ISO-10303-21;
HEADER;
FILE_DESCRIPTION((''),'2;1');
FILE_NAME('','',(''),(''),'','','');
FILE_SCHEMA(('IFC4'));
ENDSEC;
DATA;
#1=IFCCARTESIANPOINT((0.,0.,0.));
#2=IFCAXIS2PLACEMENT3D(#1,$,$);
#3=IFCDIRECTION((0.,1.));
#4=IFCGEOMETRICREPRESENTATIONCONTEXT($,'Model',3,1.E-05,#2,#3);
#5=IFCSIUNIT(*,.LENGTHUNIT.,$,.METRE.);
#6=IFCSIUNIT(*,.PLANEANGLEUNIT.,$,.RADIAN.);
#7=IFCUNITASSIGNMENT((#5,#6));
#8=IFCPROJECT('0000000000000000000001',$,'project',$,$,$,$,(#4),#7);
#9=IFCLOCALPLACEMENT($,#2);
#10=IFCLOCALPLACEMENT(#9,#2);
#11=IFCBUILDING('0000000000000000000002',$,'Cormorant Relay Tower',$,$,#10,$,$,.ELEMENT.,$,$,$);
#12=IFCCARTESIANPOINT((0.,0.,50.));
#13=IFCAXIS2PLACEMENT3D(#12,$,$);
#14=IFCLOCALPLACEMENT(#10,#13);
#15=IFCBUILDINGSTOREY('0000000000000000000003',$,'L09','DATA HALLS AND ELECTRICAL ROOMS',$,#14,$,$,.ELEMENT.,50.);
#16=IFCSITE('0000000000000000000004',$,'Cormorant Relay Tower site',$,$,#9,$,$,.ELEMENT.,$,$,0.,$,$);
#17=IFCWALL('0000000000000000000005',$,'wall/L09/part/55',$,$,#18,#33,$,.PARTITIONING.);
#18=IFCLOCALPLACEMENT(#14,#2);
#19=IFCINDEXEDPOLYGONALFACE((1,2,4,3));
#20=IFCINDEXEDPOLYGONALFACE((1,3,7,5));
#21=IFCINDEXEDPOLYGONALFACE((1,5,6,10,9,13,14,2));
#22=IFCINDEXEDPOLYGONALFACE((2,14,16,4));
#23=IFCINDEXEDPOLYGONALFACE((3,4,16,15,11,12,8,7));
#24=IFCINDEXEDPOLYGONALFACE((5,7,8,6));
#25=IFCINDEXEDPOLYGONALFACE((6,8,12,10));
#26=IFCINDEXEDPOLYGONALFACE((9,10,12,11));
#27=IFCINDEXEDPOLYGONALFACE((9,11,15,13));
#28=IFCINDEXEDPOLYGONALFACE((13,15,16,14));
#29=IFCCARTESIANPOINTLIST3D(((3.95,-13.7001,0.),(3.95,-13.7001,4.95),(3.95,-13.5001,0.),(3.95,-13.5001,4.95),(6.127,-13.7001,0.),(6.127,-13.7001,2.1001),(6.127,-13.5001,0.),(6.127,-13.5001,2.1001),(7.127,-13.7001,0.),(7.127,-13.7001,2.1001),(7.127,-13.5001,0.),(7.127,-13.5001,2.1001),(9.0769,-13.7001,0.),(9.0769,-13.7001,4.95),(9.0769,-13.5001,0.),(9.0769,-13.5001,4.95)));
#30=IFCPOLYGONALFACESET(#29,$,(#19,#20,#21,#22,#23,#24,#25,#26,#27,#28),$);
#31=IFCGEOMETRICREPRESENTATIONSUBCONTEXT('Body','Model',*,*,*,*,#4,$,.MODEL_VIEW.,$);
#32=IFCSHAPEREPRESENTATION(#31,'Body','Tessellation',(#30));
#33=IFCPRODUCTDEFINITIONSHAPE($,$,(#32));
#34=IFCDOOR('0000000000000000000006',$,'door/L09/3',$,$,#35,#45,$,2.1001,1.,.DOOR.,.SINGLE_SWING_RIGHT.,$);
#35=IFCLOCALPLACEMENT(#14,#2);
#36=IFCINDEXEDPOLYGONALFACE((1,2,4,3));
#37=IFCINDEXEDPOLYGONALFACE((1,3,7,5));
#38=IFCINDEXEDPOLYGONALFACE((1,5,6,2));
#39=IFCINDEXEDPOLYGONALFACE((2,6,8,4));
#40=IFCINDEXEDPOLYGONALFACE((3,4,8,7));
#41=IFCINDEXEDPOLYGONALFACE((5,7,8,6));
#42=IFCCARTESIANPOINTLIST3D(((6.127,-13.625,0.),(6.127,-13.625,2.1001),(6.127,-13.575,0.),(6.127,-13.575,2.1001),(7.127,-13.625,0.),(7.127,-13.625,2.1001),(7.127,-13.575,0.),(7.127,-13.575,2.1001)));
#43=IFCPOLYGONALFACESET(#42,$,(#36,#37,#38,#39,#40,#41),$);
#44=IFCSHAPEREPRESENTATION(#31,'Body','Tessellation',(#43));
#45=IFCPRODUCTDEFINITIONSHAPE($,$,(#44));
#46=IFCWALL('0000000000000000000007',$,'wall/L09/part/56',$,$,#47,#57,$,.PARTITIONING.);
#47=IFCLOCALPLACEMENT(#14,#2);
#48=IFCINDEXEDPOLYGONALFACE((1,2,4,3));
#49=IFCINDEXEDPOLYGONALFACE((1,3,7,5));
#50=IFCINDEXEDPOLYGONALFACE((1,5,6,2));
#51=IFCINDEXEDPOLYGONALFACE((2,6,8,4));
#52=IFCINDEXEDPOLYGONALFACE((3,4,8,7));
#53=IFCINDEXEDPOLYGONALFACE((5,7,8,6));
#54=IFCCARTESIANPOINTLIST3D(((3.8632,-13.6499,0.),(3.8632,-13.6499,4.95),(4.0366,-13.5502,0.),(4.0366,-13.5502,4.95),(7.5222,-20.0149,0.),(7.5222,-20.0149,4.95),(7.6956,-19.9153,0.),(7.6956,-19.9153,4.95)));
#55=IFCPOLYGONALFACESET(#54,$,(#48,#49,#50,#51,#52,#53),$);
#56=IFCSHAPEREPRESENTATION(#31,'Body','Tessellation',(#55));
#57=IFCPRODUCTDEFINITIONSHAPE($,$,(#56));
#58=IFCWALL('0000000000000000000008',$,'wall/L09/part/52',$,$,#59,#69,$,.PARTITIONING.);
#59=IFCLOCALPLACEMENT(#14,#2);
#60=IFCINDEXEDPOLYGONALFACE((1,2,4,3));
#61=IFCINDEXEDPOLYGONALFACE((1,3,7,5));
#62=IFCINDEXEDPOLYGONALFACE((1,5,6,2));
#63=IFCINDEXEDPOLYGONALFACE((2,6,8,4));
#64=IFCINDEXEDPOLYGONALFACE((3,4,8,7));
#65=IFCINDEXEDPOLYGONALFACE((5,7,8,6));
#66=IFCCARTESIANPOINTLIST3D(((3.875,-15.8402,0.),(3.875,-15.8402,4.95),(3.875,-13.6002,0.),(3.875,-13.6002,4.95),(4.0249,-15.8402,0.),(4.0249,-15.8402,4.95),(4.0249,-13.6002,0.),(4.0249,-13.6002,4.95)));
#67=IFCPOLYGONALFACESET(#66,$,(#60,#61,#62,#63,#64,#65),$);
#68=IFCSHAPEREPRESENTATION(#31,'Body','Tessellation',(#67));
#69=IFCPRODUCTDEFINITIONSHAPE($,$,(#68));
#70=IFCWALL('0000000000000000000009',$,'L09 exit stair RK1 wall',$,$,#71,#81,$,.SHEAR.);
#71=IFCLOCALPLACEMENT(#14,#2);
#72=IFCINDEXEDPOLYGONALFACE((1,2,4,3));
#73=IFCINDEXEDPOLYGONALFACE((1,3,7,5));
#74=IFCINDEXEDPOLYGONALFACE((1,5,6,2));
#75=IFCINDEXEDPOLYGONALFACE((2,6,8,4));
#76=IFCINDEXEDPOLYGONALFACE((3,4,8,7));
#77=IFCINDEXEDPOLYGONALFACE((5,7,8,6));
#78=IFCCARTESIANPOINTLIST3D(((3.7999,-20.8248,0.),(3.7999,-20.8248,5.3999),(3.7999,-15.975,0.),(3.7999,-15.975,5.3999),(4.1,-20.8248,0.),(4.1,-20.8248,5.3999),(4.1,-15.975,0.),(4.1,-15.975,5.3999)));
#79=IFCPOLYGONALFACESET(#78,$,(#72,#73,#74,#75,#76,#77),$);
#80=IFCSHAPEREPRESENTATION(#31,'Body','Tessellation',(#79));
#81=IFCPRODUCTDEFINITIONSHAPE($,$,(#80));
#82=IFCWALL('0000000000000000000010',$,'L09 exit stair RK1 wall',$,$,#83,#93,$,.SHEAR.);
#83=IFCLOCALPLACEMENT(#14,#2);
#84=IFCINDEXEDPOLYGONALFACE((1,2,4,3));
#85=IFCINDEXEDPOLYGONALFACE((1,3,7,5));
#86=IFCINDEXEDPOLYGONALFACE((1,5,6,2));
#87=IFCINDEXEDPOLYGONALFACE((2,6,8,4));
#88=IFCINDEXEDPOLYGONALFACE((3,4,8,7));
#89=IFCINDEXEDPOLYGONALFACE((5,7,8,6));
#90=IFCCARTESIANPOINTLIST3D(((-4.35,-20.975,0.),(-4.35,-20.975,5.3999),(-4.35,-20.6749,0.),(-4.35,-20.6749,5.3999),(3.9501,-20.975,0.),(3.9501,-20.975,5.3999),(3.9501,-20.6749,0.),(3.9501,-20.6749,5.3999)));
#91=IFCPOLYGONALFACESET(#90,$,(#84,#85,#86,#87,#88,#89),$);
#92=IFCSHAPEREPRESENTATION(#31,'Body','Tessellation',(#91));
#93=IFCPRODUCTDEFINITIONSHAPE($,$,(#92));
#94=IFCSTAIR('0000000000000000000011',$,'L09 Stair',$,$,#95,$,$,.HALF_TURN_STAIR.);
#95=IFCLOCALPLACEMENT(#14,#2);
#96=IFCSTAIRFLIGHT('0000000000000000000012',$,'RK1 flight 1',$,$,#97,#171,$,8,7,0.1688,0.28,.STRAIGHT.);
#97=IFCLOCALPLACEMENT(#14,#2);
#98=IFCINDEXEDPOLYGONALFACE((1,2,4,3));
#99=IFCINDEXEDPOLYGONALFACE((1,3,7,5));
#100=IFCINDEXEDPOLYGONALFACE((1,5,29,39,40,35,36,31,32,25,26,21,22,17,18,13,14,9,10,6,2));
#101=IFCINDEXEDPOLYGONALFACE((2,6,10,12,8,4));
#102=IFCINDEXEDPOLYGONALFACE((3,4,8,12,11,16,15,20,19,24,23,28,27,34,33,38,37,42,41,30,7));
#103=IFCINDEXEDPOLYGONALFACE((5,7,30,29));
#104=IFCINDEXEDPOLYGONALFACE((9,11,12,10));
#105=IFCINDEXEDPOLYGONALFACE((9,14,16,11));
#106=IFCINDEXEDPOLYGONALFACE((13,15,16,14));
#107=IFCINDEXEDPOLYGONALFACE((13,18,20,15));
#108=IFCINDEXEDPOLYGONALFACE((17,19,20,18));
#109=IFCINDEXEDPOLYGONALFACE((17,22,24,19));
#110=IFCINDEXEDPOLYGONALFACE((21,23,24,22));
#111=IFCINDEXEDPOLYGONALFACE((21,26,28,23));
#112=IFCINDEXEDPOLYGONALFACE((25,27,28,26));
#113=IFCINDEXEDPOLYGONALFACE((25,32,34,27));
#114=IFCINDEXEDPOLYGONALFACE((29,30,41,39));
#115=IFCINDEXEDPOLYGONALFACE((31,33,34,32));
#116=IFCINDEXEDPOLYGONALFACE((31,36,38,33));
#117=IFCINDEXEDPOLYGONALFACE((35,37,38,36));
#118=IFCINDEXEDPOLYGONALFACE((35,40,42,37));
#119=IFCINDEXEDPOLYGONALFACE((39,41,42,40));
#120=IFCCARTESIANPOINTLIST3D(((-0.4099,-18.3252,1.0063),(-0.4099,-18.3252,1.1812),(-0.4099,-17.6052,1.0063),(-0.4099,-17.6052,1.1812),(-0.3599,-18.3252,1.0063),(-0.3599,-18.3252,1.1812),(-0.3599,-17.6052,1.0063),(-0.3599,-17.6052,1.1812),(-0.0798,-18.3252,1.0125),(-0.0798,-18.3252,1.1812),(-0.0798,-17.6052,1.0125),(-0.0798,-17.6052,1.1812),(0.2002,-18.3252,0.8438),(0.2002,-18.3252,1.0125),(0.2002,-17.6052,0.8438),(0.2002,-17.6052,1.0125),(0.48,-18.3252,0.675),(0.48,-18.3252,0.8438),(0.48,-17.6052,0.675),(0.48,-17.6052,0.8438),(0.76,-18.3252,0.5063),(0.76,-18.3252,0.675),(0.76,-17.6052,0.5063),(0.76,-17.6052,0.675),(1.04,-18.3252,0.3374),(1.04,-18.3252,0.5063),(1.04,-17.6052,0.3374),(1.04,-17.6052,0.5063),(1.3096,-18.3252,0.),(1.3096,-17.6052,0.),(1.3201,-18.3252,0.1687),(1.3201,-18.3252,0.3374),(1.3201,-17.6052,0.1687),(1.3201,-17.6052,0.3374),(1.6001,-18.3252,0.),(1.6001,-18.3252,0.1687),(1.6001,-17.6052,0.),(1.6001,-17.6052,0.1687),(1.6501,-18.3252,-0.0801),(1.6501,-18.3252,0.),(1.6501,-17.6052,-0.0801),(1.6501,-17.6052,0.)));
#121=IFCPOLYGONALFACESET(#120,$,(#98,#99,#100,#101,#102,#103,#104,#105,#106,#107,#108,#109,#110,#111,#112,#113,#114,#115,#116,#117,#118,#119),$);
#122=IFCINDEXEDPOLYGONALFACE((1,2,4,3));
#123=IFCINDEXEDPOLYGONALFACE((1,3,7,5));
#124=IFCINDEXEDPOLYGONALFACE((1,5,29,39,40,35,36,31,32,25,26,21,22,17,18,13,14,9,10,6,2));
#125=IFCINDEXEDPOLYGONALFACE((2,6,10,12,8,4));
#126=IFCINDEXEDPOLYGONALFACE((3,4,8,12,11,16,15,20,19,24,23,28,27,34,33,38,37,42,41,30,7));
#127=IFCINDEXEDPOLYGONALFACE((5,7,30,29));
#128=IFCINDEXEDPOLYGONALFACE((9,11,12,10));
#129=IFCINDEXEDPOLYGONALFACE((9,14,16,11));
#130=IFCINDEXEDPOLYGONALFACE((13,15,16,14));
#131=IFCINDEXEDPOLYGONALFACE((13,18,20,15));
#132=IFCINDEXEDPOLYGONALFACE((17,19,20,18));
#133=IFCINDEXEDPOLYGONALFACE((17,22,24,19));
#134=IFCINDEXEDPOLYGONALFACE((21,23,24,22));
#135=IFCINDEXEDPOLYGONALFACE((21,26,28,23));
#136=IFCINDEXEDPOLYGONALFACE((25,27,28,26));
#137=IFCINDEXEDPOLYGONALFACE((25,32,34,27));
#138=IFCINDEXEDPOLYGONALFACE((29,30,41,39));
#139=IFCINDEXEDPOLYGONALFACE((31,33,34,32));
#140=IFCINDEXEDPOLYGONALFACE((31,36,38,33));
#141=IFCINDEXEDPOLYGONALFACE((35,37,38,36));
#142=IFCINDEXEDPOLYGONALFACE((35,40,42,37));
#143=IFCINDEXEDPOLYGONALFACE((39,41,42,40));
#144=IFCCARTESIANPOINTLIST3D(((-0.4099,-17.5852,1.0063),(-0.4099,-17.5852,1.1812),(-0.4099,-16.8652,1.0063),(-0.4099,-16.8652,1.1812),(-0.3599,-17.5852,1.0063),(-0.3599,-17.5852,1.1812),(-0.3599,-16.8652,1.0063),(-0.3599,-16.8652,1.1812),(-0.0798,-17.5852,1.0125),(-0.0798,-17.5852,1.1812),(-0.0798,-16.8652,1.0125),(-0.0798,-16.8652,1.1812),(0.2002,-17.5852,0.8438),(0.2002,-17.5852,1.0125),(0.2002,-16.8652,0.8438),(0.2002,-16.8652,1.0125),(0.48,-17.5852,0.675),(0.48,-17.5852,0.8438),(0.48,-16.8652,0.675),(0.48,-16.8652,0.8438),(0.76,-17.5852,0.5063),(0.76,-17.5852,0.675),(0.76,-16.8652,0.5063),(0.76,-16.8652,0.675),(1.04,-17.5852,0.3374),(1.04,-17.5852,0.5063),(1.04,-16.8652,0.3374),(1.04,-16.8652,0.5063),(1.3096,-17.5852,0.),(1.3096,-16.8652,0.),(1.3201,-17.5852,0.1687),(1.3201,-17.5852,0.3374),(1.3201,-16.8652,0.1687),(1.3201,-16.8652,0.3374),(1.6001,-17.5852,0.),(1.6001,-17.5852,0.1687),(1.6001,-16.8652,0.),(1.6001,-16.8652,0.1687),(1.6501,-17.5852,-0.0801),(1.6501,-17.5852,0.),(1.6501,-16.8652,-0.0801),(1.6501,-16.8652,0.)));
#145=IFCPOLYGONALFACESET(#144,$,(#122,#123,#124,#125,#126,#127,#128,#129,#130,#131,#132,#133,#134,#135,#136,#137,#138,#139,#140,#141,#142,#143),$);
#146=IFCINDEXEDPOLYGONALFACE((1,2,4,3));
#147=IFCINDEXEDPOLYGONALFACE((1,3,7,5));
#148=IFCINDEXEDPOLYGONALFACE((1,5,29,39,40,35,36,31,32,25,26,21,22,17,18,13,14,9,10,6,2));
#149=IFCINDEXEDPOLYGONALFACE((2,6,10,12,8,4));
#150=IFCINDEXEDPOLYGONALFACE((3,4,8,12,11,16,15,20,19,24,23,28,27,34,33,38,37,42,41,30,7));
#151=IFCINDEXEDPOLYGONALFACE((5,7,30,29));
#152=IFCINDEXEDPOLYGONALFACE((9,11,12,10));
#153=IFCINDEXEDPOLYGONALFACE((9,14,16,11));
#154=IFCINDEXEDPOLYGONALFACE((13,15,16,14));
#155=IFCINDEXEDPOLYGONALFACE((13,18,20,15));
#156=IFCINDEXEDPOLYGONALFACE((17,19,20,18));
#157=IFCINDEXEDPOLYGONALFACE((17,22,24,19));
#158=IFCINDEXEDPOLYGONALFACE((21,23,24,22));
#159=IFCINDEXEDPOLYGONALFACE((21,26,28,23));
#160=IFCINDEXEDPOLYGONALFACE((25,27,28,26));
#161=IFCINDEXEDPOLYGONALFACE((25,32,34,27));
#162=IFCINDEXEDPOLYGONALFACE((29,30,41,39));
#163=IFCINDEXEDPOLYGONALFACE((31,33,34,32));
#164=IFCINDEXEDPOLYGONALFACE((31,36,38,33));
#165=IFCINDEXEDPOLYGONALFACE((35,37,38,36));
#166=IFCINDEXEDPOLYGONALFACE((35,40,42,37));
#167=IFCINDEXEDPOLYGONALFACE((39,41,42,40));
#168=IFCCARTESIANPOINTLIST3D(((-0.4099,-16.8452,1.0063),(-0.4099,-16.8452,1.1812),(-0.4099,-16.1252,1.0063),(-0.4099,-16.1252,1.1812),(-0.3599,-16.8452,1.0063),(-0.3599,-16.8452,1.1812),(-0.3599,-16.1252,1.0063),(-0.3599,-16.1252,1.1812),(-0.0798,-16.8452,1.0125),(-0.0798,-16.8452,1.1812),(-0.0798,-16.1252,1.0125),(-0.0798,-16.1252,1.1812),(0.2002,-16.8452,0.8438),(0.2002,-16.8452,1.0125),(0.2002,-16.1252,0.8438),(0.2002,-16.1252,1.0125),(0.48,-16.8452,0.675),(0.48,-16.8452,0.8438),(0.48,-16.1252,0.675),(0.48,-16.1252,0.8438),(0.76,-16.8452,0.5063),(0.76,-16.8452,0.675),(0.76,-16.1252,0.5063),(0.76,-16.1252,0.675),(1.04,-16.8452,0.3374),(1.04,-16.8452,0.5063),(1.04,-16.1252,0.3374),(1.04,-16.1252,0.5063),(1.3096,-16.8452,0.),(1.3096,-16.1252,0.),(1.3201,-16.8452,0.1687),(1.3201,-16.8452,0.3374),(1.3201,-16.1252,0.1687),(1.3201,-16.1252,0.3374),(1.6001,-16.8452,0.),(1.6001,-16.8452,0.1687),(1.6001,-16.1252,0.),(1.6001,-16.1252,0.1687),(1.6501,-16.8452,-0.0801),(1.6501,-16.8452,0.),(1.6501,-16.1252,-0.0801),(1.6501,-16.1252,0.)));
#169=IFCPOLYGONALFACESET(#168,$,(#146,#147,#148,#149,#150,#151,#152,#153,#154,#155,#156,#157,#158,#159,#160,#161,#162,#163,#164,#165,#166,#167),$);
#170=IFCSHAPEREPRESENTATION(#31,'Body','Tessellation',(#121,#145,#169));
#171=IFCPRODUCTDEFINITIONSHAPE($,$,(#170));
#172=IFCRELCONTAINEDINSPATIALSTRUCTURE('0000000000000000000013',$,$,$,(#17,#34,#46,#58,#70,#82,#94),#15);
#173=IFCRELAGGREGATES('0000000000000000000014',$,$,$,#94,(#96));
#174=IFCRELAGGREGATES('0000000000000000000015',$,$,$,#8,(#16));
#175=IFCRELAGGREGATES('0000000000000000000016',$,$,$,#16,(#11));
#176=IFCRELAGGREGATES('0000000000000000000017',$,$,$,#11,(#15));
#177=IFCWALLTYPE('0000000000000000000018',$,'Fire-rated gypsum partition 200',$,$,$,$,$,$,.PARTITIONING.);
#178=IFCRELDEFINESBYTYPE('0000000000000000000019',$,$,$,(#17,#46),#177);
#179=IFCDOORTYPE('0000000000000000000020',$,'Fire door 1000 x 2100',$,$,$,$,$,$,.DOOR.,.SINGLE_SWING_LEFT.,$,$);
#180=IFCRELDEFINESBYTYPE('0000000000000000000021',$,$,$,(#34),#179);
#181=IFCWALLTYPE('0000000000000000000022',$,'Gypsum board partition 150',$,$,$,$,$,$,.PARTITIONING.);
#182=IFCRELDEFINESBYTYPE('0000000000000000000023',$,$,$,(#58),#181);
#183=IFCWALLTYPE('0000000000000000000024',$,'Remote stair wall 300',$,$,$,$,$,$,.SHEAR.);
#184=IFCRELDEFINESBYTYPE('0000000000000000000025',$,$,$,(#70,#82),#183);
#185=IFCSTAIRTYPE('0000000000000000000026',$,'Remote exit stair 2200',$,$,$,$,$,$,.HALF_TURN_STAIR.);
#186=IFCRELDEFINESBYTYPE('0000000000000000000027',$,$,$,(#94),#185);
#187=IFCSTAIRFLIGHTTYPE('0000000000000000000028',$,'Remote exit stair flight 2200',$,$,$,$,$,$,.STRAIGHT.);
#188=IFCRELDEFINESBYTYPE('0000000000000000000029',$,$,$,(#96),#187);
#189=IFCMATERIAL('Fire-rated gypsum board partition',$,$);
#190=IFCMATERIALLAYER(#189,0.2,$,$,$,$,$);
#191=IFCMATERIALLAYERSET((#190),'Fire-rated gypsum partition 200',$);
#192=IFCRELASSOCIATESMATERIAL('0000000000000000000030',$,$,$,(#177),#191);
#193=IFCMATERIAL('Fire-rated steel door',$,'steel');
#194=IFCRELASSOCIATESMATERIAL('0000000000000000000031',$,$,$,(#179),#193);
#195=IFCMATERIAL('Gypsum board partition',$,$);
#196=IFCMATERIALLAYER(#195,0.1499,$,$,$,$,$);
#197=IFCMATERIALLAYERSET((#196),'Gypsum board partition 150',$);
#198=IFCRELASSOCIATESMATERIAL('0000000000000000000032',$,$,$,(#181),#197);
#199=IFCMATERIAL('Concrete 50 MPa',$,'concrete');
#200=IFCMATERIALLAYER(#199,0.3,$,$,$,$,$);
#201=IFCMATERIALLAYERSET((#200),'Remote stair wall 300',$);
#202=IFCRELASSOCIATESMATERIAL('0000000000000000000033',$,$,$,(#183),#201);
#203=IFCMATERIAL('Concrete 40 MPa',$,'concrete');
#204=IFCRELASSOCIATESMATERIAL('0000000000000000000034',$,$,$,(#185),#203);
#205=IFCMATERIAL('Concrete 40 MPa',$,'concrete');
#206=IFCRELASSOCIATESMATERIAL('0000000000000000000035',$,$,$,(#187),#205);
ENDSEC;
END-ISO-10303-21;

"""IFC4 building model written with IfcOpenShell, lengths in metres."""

from ifc_helpers import new_model, si_unit, direction, frame, frame_2d, origin, place, context, subcontext, project, spatial, polyline, rectangle, outline, extrude, material, layer, layer_set, type_object, element, fill, aggregate, save


model = new_model("IFC4")

# Units and contexts
model_context = context("Model", 3, precision=1e-05, world=origin(), true_north=direction((0.0, 1.0)))
body_context = subcontext(model_context, "Body", "Model", "MODEL_VIEW")
ifc_project = project(units=[si_unit("LENGTHUNIT", "METRE"), si_unit("PLANEANGLEUNIT", "RADIAN")], contexts=[model_context])

# Site, building, storey
site_placement = place(None, origin())
site = spatial("IfcSite", under=ifc_project, at=site_placement, Name="Cormorant Relay Tower site", CompositionType="ELEMENT", RefElevation=0.0)
building_placement = place(site_placement, origin())
building = spatial("IfcBuilding", under=site, at=building_placement, Name="Cormorant Relay Tower", CompositionType="ELEMENT")
storey_placement = place(building_placement, frame((0.0, 0.0, 50.0)))
storey = spatial("IfcBuildingStorey", under=building, at=storey_placement, Name="L09", Description="DATA HALLS AND ELECTRICAL ROOMS", CompositionType="ELEMENT", Elevation=50.0)

# Shared definitions
ifc_material_1 = material(Name="Fire-rated gypsum board partition")
ifc_layer_1 = layer(ifc_material_1, 0.2)
ifc_layer_set_1 = layer_set([ifc_layer_1], Name="Fire-rated gypsum partition 200")
wall_type_1 = type_object("IfcWallType", Name="Fire-rated gypsum partition 200", PredefinedType="PARTITIONING", material=ifc_layer_set_1)

# Wall, opening, door
wall_1_placement = place(storey_placement, frame((9.0769, -13.6001, 0.0), z_axis=(0.0, 0.0, 1.0), x_axis=(-1.0, 0.0, 0.0)))
wall_1 = element("IfcWall", 1, at=wall_1_placement, inside=storey, type_object=wall_type_1, Name="wall/L09/part/55", PredefinedType="PARTITIONING", context=body_context, shape_type="SweptSolid", body=[
    extrude(rectangle(XDim=5.127, YDim=0.2, at=frame_2d((2.5635, 0.0))), origin(), (0.0, 0.0, 1.0), 4.95),
])
opening_placement = place(wall_1_placement, frame((1.95, 0.0, 0.0)))
opening = element("IfcOpeningElement", 2, at=opening_placement, cuts=wall_1, PredefinedType="OPENING", context=body_context, shape_type="SweptSolid", body=[
    extrude(rectangle(XDim=1.0, YDim=2.1001, at=frame_2d((0.5, 1.05))), frame((0.0, 0.1099, 0.0), z_axis=(0.0, -1.0, 0.0), x_axis=(1.0, 0.0, 0.0)), (0.0, 0.0, 1.0), 0.22),
])
ifc_material_2 = material(Name="Fire-rated steel door", Category="steel")
door_type = type_object("IfcDoorType", Name="Fire door 1000 x 2100", OperationType="SINGLE_SWING_LEFT", PredefinedType="DOOR", material=ifc_material_2)
door_placement = place(opening_placement, origin())
door = element("IfcDoor", 3, at=door_placement, inside=storey, type_object=door_type, Name="door/L09/3", OperationType="SINGLE_SWING_RIGHT", OverallHeight=2.1001, OverallWidth=1.0, PredefinedType="DOOR", context=body_context, shape_type="SweptSolid", body=[
    extrude(rectangle(XDim=1.0, YDim=2.1001, at=frame_2d((0.5, 1.05))), frame((0.0, 0.0249, 0.0), z_axis=(0.0, -1.0, 0.0), x_axis=(1.0, 0.0, 0.0)), (0.0, 0.0, 1.0), 0.05),
])
fill(opening, door)

# Walls
wall_2_placement = place(storey_placement, frame((7.6089, -19.9651, 0.0), z_axis=(0.0, 0.0, 1.0), x_axis=(-0.498376, 0.866961, 0.0)))
element("IfcWall", 4, at=wall_2_placement, inside=storey, type_object=wall_type_1, Name="wall/L09/part/56", PredefinedType="PARTITIONING", context=body_context, shape_type="SweptSolid", body=[
    extrude(rectangle(XDim=7.3418, YDim=0.2, at=frame_2d((3.6709, 0.0))), origin(), (0.0, 0.0, 1.0), 4.95),
])
ifc_material_3 = material(Name="Gypsum board partition")
ifc_layer_2 = layer(ifc_material_3, 0.1499)
ifc_layer_set_2 = layer_set([ifc_layer_2], Name="Gypsum board partition 150")
wall_type_2 = type_object("IfcWallType", Name="Gypsum board partition 150", PredefinedType="PARTITIONING", material=ifc_layer_set_2)
wall_3_placement = place(storey_placement, frame((3.95, -13.6001, 0.0), z_axis=(0.0, 0.0, 1.0), x_axis=(0.0, -1.0, 0.0)))
element("IfcWall", 5, at=wall_3_placement, inside=storey, type_object=wall_type_2, Name="wall/L09/part/52", PredefinedType="PARTITIONING", context=body_context, shape_type="SweptSolid", body=[
    extrude(rectangle(XDim=2.24, YDim=0.1499, at=frame_2d((1.1201, 0.0))), origin(), (0.0, 0.0, 1.0), 4.95),
])
ifc_material_4 = material(Name="Concrete 50 MPa", Category="concrete")
ifc_layer_3 = layer(ifc_material_4, 0.3)
ifc_layer_set_3 = layer_set([ifc_layer_3], Name="Remote stair wall 300")
wall_type_3 = type_object("IfcWallType", Name="Remote stair wall 300", PredefinedType="SHEAR", material=ifc_layer_set_3)
wall_4_placement = place(storey_placement, frame((3.95, -15.9751, 0.0), z_axis=(0.0, 0.0, 1.0), x_axis=(0.0, -1.0, 0.0)))
element("IfcWall", 6, at=wall_4_placement, inside=storey, type_object=wall_type_3, Name="L09 exit stair RK1 wall", PredefinedType="SHEAR", context=body_context, shape_type="SweptSolid", body=[
    extrude(rectangle(XDim=4.8499, YDim=0.3, at=frame_2d((2.4248, 0.0))), origin(), (0.0, 0.0, 1.0), 5.3999),
])
wall_5_placement = place(storey_placement, frame((3.95, -20.825, 0.0), z_axis=(0.0, 0.0, 1.0), x_axis=(-1.0, 0.0, 0.0)))
element("IfcWall", 7, at=wall_5_placement, inside=storey, type_object=wall_type_3, Name="L09 exit stair RK1 wall", PredefinedType="SHEAR", context=body_context, shape_type="SweptSolid", body=[
    extrude(rectangle(XDim=8.3, YDim=0.3, at=frame_2d((4.1499, 0.0))), origin(), (0.0, 0.0, 1.0), 5.3999),
])

# Stair, stair flight
ifc_material_5 = material(Name="Concrete 40 MPa", Category="concrete")
stair_type = type_object("IfcStairType", Name="Remote exit stair 2200", PredefinedType="HALF_TURN_STAIR", material=ifc_material_5)
stair_placement = place(storey_placement, origin())
stair = element("IfcStair", 8, at=stair_placement, inside=storey, type_object=stair_type, Name="L09 Stair", PredefinedType="HALF_TURN_STAIR")
ifc_material_6 = material(Name="Concrete 40 MPa", Category="concrete")
stair_flight_type = type_object("IfcStairFlightType", Name="Remote exit stair flight 2200", PredefinedType="STRAIGHT", material=ifc_material_6)
stair_flight_1_placement = place(storey_placement, frame((1.6001, -17.2251, 0.0), z_axis=(0.0, 0.0, 1.0), x_axis=(-1.0, 0.0, 0.0)))
stair_flight_1 = element("IfcStairFlight", 9, at=stair_flight_1_placement, type_object=stair_flight_type, Name="RK1 flight 1", NumberOfRisers=8, NumberOfTreads=7, PredefinedType="STRAIGHT", RiserHeight=0.1688, TreadLength=0.28, context=body_context, shape_type="SweptSolid", body=[
    extrude(outline(polyline([(-0.05, -0.0801), (-0.05, 0.0), (0.0, 0.0), (0.0, 0.1687), (0.28, 0.1687), (0.28, 0.3374), (0.5601, 0.3374), (0.5601, 0.5063), (0.8401, 0.5063), (0.8401, 0.675), (1.1201, 0.675), (1.1201, 0.8438), (1.3999, 0.8438), (1.3999, 1.0125), (1.6799, 1.0125), (1.6799, 1.1812), (1.96, 1.1812), (2.01, 1.1812), (2.01, 1.0063), (1.96, 1.0063), (0.2905, 0.0), (-0.05, -0.0801)])), frame((0.0, 1.1001, 0.0), z_axis=(0.0, -1.0, 0.0), x_axis=(1.0, 0.0, 0.0)), (0.0, 0.0, 1.0), 0.72),
    extrude(outline(polyline([(-0.05, -0.0801), (-0.05, 0.0), (0.0, 0.0), (0.0, 0.1687), (0.28, 0.1687), (0.28, 0.3374), (0.5601, 0.3374), (0.5601, 0.5063), (0.8401, 0.5063), (0.8401, 0.675), (1.1201, 0.675), (1.1201, 0.8438), (1.3999, 0.8438), (1.3999, 1.0125), (1.6799, 1.0125), (1.6799, 1.1812), (1.96, 1.1812), (2.01, 1.1812), (2.01, 1.0063), (1.96, 1.0063), (0.2905, 0.0), (-0.05, -0.0801)])), frame((0.0, 0.3601, 0.0), z_axis=(0.0, -1.0, 0.0), x_axis=(1.0, 0.0, 0.0)), (0.0, 0.0, 1.0), 0.72),
    extrude(outline(polyline([(-0.05, -0.0801), (-0.05, 0.0), (0.0, 0.0), (0.0, 0.1687), (0.28, 0.1687), (0.28, 0.3374), (0.5601, 0.3374), (0.5601, 0.5063), (0.8401, 0.5063), (0.8401, 0.675), (1.1201, 0.675), (1.1201, 0.8438), (1.3999, 0.8438), (1.3999, 1.0125), (1.6799, 1.0125), (1.6799, 1.1812), (1.96, 1.1812), (2.01, 1.1812), (2.01, 1.0063), (1.96, 1.0063), (0.2905, 0.0), (-0.05, -0.0801)])), frame((0.0, -0.3799, 0.0), z_axis=(0.0, -1.0, 0.0), x_axis=(1.0, 0.0, 0.0)), (0.0, 0.0, 1.0), 0.72),
])
aggregate(stair, [stair_flight_1])

save(model, "model.ifc")
